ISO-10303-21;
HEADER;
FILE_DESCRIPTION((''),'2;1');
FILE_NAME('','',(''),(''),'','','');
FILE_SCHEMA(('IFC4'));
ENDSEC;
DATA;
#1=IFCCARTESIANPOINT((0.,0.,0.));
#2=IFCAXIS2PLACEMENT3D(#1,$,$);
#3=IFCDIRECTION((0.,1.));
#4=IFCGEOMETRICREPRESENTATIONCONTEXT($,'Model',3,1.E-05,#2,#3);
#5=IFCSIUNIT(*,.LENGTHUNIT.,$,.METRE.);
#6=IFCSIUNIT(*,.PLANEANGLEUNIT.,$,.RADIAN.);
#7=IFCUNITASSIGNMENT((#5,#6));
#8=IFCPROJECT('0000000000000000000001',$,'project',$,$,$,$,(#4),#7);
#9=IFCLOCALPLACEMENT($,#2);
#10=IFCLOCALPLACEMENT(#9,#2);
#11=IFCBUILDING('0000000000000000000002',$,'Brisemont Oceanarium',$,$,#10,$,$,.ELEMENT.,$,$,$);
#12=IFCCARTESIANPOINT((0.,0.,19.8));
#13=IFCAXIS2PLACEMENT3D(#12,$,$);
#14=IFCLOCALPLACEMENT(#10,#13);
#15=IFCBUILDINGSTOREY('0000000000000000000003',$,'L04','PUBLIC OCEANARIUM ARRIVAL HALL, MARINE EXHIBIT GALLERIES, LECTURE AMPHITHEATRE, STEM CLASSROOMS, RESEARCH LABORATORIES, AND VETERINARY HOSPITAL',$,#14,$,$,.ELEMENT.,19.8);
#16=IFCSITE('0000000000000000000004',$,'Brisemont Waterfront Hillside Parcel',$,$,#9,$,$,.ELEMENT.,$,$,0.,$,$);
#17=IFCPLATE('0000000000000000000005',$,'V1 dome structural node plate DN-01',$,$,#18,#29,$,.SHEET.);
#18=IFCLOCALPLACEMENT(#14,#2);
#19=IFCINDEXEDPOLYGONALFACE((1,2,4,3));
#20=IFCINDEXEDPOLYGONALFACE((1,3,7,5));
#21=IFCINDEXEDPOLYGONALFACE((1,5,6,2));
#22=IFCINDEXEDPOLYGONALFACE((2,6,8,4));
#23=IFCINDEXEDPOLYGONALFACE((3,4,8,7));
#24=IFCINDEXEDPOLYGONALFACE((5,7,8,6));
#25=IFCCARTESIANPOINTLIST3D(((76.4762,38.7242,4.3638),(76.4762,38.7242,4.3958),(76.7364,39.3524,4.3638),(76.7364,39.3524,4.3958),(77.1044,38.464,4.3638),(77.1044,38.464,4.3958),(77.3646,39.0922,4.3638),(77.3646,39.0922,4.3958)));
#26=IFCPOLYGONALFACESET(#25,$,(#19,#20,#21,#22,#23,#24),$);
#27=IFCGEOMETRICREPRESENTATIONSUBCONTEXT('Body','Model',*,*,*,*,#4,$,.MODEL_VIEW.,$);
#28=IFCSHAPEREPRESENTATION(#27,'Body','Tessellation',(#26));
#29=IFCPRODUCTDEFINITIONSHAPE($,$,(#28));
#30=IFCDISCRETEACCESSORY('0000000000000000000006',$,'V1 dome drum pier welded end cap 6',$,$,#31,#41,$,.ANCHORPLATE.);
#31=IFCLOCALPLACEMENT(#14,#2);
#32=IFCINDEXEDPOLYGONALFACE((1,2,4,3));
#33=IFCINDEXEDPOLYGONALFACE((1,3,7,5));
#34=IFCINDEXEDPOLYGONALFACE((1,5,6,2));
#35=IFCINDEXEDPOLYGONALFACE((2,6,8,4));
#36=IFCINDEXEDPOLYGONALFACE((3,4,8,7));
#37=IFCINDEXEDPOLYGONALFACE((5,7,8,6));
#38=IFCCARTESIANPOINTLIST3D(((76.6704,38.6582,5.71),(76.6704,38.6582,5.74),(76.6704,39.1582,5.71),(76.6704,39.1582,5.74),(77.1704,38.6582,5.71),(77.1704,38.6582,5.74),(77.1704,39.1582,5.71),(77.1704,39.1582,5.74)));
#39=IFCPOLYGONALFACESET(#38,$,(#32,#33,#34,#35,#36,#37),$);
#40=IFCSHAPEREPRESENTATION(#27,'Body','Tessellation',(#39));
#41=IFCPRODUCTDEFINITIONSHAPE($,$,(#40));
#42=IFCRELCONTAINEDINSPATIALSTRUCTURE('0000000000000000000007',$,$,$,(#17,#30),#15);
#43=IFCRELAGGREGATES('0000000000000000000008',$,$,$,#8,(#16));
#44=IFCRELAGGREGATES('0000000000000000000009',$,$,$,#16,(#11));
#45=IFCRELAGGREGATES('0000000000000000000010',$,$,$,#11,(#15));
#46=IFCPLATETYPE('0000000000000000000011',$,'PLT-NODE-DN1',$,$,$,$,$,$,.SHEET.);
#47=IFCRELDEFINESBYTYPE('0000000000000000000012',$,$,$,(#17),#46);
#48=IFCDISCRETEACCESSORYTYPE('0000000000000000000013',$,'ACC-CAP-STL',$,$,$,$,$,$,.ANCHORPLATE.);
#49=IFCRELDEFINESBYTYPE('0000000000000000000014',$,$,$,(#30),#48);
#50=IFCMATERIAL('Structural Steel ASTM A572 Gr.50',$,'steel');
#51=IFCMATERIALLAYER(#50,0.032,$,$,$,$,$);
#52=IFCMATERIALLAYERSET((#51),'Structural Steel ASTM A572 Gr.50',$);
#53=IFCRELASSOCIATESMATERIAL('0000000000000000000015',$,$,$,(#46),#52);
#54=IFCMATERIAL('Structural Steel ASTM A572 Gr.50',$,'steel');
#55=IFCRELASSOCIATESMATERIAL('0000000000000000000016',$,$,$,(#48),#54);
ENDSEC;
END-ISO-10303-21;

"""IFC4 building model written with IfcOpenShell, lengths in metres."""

from ifc_helpers import new_model, si_unit, direction, frame, origin, origin_2d, place, context, subcontext, project, spatial, rectangle, extrude, material, layer, layer_set, type_object, element, save


model = new_model("IFC4")

# Units and contexts
model_context = context("Model", 3, precision=1e-05, world=origin(), true_north=direction((0.0, 1.0)))
body_context = subcontext(model_context, "Body", "Model", "MODEL_VIEW")
ifc_project = project(units=[si_unit("LENGTHUNIT", "METRE"), si_unit("PLANEANGLEUNIT", "RADIAN")], contexts=[model_context])

# Site, building, storey
site_placement = place(None, origin())
site = spatial("IfcSite", under=ifc_project, at=site_placement, Name="Brisemont Waterfront Hillside Parcel", CompositionType="ELEMENT", RefElevation=0.0)
building_placement = place(site_placement, origin())
building = spatial("IfcBuilding", under=site, at=building_placement, Name="Brisemont Oceanarium", CompositionType="ELEMENT")
storey_placement = place(building_placement, frame((0.0, 0.0, 19.8)))
storey = spatial("IfcBuildingStorey", under=building, at=storey_placement, Name="L04", Description="PUBLIC OCEANARIUM ARRIVAL HALL, MARINE EXHIBIT GALLERIES, LECTURE AMPHITHEATRE, STEM CLASSROOMS, RESEARCH LABORATORIES, AND VETERINARY HOSPITAL", CompositionType="ELEMENT", Elevation=19.8)

# Plate
ifc_material_1 = material(Name="Structural Steel ASTM A572 Gr.50", Category="steel")
ifc_layer_1 = layer(ifc_material_1, 0.032)
ifc_layer_set_1 = layer_set([ifc_layer_1], Name="Structural Steel ASTM A572 Gr.50")
plate_type_1 = type_object("IfcPlateType", Name="PLT-NODE-DN1", PredefinedType="SHEET", material=ifc_layer_set_1)
plate_1_placement = place(storey_placement, frame((76.9204, 38.9082, 4.3638), z_axis=(0.0, 0.0, 1.0), x_axis=(-0.382683, -0.92388, 0.0)))
element("IfcPlate", 1, at=plate_1_placement, inside=storey, type_object=plate_type_1, Name="V1 dome structural node plate DN-01", PredefinedType="SHEET", context=body_context, shape_type="SweptSolid", body=[
    extrude(rectangle(XDim=0.6799, YDim=0.6799, at=origin_2d()), origin(), (0.0, 0.0, 1.0), 0.032),
])

# Discrete accessory
ifc_material_2 = material(Name="Structural Steel ASTM A572 Gr.50", Category="steel")
discrete_accessory_type = type_object("IfcDiscreteAccessoryType", Name="ACC-CAP-STL", PredefinedType="ANCHORPLATE", material=ifc_material_2)
discrete_accessory_placement = place(storey_placement, frame((76.9204, 38.9082, 5.71), z_axis=(0.0, 0.0, 1.0), x_axis=(1.0, 0.0, 0.0)))
element("IfcDiscreteAccessory", 2, at=discrete_accessory_placement, inside=storey, type_object=discrete_accessory_type, Name="V1 dome drum pier welded end cap 6", PredefinedType="ANCHORPLATE", context=body_context, shape_type="SweptSolid", body=[
    extrude(rectangle(XDim=0.5, YDim=0.5, at=origin_2d()), origin(), (0.0, 0.0, 1.0), 0.03),
])

save(model, "model.ifc")
